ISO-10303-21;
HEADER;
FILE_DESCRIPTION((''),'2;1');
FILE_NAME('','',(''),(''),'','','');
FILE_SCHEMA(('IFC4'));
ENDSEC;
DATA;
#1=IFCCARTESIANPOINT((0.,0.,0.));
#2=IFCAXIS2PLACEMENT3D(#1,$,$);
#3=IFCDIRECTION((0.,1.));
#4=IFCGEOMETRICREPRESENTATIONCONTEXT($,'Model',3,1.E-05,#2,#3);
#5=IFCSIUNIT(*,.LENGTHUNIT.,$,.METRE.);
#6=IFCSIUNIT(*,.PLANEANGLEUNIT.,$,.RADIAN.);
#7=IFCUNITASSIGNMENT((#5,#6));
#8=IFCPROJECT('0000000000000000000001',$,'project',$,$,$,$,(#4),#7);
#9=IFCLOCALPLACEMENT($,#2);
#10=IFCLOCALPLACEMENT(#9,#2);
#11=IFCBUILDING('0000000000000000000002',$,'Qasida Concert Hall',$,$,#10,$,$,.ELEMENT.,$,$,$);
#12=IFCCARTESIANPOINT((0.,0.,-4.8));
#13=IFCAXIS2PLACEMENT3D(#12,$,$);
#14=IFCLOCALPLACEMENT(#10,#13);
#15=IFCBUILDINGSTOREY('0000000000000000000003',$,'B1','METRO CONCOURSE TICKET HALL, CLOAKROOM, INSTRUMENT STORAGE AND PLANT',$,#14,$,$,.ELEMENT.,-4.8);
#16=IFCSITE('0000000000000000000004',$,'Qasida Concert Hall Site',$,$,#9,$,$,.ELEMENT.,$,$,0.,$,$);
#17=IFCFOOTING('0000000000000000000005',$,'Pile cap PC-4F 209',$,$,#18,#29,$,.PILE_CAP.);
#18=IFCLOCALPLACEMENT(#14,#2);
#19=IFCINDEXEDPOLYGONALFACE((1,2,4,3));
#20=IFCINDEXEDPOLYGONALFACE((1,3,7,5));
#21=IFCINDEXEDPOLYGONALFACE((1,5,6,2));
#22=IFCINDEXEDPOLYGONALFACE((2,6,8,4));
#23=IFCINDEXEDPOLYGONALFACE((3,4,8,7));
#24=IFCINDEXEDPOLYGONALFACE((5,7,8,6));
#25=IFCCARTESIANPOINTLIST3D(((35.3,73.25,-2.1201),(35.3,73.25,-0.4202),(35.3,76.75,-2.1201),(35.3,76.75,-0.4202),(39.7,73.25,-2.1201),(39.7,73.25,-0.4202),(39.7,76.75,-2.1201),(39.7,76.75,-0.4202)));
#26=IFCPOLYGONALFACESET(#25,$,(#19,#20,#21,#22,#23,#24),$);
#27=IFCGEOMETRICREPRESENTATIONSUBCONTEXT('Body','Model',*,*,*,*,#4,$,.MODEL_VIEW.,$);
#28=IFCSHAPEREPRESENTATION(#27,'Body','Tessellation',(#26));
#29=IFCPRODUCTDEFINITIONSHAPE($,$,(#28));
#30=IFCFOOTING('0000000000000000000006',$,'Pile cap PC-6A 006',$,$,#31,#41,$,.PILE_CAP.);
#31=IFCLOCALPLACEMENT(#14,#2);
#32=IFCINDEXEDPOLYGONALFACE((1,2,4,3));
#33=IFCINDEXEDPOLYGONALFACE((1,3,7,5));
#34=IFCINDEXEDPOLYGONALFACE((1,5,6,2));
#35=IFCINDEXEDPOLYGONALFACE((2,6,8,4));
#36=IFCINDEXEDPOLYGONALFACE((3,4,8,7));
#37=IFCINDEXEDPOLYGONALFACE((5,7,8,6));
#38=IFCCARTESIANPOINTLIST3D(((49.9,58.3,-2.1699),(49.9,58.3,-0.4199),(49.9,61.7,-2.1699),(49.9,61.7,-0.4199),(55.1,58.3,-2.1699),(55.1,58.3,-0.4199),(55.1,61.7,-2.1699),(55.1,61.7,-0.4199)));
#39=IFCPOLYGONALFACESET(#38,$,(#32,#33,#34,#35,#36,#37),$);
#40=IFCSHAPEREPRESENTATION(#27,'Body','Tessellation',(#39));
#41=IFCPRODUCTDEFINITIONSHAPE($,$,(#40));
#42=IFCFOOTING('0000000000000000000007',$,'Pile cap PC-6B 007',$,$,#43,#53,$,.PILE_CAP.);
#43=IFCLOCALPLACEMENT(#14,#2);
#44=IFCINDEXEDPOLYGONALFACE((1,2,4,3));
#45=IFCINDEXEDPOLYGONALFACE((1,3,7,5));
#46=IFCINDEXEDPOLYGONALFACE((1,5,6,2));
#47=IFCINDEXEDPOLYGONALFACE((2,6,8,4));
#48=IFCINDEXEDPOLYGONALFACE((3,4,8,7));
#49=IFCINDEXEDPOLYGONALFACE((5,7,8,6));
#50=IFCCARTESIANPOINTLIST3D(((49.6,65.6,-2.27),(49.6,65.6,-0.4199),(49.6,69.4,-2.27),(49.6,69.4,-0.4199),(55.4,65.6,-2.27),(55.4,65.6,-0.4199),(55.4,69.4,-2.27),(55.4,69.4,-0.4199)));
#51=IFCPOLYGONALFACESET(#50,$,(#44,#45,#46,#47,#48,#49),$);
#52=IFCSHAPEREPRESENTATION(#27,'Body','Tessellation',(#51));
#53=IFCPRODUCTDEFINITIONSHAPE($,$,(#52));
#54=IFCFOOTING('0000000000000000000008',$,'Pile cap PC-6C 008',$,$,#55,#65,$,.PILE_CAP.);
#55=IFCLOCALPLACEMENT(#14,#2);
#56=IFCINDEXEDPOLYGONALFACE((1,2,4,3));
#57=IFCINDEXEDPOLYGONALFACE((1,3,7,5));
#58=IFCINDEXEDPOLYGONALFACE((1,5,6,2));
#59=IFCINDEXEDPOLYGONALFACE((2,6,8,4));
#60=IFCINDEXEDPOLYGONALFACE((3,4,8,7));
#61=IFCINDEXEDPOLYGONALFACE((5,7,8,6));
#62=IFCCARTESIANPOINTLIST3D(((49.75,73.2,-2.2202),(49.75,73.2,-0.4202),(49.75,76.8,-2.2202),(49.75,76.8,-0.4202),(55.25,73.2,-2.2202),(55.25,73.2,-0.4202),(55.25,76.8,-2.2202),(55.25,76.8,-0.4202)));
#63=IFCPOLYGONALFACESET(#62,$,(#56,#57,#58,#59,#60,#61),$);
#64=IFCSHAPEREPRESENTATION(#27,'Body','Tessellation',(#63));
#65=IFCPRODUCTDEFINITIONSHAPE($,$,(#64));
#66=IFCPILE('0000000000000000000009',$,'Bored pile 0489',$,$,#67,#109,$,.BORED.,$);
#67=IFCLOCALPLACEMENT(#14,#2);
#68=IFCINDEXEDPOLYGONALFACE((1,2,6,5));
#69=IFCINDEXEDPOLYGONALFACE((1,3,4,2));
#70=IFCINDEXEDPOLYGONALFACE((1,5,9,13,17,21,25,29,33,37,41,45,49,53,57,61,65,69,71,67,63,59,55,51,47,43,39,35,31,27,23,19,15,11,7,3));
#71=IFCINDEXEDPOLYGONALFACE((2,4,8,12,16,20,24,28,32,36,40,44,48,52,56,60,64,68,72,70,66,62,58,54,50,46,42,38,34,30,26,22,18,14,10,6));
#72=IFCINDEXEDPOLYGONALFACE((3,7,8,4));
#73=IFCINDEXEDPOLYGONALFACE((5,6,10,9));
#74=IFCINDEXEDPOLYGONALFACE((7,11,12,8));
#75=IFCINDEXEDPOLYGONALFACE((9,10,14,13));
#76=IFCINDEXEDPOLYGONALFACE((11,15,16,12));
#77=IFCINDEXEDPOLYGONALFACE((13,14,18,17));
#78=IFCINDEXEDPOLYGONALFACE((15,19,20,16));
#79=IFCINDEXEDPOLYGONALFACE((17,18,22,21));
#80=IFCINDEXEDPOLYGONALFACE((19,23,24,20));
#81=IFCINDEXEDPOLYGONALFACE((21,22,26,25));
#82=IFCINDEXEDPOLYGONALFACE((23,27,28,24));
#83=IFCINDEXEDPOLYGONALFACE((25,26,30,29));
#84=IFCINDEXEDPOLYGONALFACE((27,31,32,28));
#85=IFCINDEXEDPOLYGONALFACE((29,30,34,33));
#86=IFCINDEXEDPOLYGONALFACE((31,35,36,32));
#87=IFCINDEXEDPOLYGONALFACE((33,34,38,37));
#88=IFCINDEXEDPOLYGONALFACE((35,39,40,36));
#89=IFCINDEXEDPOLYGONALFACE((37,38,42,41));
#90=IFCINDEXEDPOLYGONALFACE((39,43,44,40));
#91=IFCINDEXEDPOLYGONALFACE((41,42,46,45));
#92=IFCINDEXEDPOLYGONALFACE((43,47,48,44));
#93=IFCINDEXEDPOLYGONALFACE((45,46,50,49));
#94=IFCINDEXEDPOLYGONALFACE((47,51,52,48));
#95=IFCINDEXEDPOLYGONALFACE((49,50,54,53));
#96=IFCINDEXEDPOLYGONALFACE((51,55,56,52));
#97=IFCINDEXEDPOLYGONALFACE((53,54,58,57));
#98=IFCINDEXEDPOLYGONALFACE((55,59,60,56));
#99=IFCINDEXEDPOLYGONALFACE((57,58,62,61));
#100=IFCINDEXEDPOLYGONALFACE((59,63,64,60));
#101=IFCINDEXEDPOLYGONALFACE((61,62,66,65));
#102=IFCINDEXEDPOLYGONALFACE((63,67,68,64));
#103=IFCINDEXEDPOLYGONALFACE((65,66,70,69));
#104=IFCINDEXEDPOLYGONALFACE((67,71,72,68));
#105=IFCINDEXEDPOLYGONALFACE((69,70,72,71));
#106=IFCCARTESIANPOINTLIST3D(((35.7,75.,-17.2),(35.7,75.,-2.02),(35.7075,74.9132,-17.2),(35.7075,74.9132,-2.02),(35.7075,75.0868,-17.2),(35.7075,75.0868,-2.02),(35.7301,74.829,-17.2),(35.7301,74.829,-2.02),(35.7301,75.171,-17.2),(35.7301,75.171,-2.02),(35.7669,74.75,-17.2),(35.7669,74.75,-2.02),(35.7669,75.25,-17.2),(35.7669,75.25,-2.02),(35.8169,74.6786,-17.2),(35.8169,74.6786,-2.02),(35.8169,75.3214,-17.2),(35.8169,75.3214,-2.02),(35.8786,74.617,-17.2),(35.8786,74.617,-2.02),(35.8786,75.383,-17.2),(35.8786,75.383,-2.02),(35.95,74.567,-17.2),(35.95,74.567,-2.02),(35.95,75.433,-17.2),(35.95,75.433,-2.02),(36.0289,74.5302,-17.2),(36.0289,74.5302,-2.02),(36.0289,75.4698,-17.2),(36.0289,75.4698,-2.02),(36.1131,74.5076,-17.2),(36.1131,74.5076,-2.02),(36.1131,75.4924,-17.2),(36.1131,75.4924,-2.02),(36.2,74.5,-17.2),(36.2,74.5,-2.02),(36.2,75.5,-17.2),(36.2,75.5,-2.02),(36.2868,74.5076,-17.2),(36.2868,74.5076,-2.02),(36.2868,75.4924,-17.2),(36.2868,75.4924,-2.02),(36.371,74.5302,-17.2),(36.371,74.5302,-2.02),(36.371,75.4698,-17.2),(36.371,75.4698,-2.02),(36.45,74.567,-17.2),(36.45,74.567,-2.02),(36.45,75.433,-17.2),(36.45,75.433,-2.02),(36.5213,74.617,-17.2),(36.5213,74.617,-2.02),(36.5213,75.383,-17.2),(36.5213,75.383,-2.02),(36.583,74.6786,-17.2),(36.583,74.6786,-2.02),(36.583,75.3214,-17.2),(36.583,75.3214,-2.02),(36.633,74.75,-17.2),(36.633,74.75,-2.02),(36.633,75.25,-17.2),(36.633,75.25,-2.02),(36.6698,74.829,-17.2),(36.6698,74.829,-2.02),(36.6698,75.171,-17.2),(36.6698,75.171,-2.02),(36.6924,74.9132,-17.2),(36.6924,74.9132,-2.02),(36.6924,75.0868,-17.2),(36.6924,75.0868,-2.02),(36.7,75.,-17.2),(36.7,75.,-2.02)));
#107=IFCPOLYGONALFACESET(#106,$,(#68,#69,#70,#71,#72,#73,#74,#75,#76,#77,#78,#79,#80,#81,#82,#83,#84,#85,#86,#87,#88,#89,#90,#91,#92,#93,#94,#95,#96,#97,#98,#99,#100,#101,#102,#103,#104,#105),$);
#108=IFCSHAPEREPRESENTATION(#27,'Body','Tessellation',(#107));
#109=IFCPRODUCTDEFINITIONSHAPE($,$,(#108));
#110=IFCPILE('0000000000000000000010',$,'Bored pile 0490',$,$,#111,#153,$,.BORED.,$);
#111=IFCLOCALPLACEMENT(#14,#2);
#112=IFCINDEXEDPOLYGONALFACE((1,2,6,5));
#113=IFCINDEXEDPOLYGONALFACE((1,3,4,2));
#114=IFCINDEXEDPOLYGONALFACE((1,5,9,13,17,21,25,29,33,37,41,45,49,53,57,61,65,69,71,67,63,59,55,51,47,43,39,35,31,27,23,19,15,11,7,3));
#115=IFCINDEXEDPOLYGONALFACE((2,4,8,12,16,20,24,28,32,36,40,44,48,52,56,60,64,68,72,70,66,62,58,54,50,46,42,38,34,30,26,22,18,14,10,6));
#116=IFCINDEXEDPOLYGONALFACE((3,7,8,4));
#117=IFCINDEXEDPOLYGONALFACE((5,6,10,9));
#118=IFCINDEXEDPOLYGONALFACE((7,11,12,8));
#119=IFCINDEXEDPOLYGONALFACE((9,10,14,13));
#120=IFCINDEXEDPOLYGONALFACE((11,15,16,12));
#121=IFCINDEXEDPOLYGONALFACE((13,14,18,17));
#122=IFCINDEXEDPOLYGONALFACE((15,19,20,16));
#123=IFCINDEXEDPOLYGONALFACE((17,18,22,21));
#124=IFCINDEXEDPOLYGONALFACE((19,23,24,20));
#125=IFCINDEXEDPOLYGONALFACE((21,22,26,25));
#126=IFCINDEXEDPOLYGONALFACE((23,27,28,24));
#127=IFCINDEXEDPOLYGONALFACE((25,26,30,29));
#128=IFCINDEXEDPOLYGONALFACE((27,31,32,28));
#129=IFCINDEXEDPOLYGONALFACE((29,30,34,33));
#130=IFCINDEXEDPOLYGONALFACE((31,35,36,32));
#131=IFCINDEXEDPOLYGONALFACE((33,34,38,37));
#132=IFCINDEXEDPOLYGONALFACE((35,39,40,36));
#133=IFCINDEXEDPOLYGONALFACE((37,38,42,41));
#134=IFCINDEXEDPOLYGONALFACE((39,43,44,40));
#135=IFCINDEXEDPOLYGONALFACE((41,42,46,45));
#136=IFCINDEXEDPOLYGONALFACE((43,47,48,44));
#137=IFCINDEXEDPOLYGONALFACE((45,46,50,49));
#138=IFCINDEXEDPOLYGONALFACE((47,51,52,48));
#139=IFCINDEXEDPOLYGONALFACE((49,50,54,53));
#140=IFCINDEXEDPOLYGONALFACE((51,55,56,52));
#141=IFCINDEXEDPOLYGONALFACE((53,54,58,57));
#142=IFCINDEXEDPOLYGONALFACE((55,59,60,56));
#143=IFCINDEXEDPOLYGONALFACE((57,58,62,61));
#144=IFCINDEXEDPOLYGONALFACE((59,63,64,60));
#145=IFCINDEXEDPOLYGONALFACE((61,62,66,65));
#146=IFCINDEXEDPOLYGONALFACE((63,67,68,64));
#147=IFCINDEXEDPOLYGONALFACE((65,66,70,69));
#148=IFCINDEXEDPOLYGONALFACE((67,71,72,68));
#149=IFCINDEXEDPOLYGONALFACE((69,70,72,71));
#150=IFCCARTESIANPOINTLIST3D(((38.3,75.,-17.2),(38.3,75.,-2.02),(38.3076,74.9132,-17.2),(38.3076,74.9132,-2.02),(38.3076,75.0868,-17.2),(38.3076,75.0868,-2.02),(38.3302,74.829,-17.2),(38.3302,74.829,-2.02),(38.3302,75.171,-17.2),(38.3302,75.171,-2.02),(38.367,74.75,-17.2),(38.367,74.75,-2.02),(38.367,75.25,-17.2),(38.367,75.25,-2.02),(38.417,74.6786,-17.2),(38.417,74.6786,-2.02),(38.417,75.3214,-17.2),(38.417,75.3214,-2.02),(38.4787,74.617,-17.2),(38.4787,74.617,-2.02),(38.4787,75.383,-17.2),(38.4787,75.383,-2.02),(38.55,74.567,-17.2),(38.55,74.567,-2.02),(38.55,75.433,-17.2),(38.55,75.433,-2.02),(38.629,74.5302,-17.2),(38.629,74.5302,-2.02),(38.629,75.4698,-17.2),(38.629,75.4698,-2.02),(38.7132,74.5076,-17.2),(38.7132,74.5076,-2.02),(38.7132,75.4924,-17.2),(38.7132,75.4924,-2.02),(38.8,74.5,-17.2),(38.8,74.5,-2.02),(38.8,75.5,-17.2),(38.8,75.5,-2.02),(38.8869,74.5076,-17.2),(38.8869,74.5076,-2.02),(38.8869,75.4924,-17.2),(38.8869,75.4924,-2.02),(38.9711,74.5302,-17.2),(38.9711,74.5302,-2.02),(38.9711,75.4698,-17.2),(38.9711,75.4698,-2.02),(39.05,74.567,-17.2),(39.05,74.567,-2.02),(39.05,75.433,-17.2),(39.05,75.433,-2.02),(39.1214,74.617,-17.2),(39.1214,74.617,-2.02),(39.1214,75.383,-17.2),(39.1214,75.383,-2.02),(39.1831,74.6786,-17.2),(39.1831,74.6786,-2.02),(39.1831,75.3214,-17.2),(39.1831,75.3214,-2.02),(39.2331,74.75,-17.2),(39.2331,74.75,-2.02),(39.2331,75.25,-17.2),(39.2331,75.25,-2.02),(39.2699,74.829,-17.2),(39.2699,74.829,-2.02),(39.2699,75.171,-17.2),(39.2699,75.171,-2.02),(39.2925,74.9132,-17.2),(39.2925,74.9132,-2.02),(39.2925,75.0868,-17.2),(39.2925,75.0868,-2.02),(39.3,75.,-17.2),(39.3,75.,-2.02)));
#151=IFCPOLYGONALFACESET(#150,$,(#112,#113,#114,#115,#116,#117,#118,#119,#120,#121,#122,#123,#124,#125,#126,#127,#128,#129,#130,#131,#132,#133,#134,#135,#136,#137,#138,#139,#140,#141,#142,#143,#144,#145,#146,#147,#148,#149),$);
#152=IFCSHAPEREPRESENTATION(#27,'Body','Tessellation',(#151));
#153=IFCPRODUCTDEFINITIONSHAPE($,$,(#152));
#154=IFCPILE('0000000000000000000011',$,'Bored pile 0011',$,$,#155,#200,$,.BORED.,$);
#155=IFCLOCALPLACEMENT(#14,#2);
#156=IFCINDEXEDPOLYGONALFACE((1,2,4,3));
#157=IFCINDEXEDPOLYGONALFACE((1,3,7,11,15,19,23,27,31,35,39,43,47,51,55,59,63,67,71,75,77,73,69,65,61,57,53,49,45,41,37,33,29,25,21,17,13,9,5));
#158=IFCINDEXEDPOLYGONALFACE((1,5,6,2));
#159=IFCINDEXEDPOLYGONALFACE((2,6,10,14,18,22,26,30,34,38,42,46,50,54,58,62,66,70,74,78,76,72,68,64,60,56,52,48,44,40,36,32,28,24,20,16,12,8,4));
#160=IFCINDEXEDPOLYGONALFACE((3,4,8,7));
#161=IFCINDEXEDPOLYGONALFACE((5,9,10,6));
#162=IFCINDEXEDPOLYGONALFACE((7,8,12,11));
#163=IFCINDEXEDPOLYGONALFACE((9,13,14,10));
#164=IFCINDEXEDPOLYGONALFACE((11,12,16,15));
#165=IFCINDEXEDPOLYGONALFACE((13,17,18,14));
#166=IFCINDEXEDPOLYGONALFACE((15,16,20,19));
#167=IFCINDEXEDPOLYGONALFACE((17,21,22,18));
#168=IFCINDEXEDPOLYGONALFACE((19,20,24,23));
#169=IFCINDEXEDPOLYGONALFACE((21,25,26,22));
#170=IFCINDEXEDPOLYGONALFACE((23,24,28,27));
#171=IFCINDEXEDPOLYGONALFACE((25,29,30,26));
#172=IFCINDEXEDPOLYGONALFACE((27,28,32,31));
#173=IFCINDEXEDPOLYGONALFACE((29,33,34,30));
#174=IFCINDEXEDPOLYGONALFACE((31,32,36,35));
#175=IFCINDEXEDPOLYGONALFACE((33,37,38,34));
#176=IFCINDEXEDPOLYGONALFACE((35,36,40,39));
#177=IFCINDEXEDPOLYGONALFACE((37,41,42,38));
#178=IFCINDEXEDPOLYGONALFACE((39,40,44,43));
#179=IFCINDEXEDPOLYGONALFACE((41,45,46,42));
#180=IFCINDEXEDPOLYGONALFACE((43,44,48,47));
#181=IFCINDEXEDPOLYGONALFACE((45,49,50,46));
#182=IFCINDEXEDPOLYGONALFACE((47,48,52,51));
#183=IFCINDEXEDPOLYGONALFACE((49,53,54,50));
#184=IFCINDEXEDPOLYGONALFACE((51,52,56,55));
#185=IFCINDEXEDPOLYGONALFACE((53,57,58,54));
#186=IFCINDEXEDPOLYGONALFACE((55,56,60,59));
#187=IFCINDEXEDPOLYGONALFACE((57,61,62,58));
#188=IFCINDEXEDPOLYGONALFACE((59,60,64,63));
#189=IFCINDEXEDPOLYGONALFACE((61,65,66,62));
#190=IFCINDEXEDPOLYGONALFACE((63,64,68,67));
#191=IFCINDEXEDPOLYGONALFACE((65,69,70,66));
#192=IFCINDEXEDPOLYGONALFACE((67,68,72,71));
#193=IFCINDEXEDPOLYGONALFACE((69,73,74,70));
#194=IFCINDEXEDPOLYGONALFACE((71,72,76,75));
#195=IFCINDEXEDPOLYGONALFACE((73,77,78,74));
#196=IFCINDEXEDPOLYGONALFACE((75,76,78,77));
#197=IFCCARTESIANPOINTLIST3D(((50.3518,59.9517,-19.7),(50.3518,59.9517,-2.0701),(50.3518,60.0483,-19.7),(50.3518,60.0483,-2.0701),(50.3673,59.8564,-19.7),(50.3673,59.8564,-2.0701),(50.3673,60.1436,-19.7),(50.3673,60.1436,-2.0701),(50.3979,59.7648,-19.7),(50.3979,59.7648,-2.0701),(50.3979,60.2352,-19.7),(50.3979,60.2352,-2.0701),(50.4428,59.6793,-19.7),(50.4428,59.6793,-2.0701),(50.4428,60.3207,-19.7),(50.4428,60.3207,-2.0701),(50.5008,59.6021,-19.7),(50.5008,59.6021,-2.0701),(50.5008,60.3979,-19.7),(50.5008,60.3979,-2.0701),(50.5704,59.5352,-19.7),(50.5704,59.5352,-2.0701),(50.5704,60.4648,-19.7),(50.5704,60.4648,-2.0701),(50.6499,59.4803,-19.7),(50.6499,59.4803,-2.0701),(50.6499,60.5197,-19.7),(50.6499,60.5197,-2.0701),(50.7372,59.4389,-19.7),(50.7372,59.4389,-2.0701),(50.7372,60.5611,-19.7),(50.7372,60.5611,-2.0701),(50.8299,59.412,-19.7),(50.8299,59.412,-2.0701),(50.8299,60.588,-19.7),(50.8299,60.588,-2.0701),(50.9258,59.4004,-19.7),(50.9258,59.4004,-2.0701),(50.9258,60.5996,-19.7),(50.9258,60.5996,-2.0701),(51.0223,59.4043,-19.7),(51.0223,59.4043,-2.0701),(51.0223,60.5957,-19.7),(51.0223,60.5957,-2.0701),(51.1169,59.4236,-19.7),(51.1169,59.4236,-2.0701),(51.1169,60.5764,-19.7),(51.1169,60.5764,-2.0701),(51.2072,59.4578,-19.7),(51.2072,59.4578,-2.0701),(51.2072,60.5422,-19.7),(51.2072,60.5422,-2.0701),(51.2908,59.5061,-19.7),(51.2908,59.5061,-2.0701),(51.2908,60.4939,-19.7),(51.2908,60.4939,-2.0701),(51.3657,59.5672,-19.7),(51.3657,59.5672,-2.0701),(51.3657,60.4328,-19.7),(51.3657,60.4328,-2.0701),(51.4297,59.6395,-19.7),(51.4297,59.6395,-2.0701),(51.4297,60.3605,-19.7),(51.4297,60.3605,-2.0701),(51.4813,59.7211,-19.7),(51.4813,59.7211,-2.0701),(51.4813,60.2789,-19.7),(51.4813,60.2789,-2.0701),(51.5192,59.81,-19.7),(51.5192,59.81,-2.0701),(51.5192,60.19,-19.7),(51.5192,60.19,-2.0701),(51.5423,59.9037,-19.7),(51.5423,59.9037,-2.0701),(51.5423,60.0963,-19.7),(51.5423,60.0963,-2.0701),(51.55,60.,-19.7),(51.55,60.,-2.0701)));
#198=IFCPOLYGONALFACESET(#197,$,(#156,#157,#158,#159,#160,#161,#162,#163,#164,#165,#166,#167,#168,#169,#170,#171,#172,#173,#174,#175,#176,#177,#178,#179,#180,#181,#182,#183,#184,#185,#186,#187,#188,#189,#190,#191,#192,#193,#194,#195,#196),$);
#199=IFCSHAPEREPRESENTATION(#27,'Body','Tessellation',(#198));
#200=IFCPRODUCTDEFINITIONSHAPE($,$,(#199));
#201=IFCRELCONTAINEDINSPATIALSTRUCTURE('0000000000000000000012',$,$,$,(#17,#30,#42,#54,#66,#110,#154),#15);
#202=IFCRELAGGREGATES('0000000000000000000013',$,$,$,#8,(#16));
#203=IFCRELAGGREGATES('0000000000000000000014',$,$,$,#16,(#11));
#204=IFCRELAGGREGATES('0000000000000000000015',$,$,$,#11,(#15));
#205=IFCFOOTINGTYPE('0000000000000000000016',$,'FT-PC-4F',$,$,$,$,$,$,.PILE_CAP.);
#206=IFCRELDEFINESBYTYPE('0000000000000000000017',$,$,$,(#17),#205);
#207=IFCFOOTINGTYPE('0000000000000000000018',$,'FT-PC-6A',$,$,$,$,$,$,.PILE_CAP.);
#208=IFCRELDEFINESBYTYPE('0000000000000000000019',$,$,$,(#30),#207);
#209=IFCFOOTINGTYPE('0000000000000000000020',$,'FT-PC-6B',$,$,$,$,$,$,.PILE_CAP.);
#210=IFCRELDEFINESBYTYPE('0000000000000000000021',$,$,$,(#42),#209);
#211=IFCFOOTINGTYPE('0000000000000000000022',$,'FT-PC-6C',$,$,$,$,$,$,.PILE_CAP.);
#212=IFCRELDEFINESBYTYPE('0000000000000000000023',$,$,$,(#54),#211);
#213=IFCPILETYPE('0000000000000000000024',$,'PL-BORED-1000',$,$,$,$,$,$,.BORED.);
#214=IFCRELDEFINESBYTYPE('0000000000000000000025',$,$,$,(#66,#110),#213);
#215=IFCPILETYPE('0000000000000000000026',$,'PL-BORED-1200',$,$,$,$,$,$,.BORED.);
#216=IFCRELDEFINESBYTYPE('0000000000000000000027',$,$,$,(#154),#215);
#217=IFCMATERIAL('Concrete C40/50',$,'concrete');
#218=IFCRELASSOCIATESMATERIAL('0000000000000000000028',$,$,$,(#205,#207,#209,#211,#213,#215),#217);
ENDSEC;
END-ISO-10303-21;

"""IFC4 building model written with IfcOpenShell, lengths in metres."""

from ifc_helpers import new_model, si_unit, direction, frame, origin, origin_2d, place, context, subcontext, project, spatial, rectangle, circle, extrude, material, material_profile, profile_set, type_object, element, save


model = new_model("IFC4")

# Units and contexts
model_context = context("Model", 3, precision=1e-05, world=origin(), true_north=direction((0.0, 1.0)))
body_context = subcontext(model_context, "Body", "Model", "MODEL_VIEW")
ifc_project = project(units=[si_unit("LENGTHUNIT", "METRE"), si_unit("PLANEANGLEUNIT", "RADIAN")], contexts=[model_context])

# Site, building, storey
site_placement = place(None, origin())
site = spatial("IfcSite", under=ifc_project, at=site_placement, Name="Qasida Concert Hall Site", CompositionType="ELEMENT", RefElevation=0.0)
building_placement = place(site_placement, origin())
building = spatial("IfcBuilding", under=site, at=building_placement, Name="Qasida Concert Hall", CompositionType="ELEMENT")
storey_placement = place(building_placement, frame((0.0, 0.0, -4.8)))
storey = spatial("IfcBuildingStorey", under=building, at=storey_placement, Name="B1", Description="METRO CONCOURSE TICKET HALL, CLOAKROOM, INSTRUMENT STORAGE AND PLANT", CompositionType="ELEMENT", Elevation=-4.8)

# Footings
ifc_material_1 = material(Name="Concrete C40/50", Category="concrete")
footing_type_1 = type_object("IfcFootingType", Name="FT-PC-4F", PredefinedType="PILE_CAP", material=ifc_material_1)
footing_1_placement = place(storey_placement, frame((37.5, 75.0, -2.1201), z_axis=(0.0, 0.0, 1.0), x_axis=(1.0, 0.0, 0.0)))
element("IfcFooting", 1, at=footing_1_placement, inside=storey, type_object=footing_type_1, Name="Pile cap PC-4F 209", PredefinedType="PILE_CAP", context=body_context, shape_type="SweptSolid", body=[
    extrude(rectangle(XDim=4.3999, YDim=3.5, at=origin_2d()), origin(), (0.0, 0.0, 1.0), 1.7),
])
footing_type_2 = type_object("IfcFootingType", Name="FT-PC-6A", PredefinedType="PILE_CAP", material=ifc_material_1)
footing_2_placement = place(storey_placement, frame((52.5, 60.0, -2.1699), z_axis=(0.0, 0.0, 1.0), x_axis=(1.0, 0.0, 0.0)))
element("IfcFooting", 2, at=footing_2_placement, inside=storey, type_object=footing_type_2, Name="Pile cap PC-6A 006", PredefinedType="PILE_CAP", context=body_context, shape_type="SweptSolid", body=[
    extrude(rectangle(XDim=5.2, YDim=3.3999, at=origin_2d()), origin(), (0.0, 0.0, 1.0), 1.75),
])
footing_type_3 = type_object("IfcFootingType", Name="FT-PC-6B", PredefinedType="PILE_CAP", material=ifc_material_1)
footing_3_placement = place(storey_placement, frame((52.5, 67.5, -2.27), z_axis=(0.0, 0.0, 1.0), x_axis=(1.0, 0.0, 0.0)))
element("IfcFooting", 3, at=footing_3_placement, inside=storey, type_object=footing_type_3, Name="Pile cap PC-6B 007", PredefinedType="PILE_CAP", context=body_context, shape_type="SweptSolid", body=[
    extrude(rectangle(XDim=5.8, YDim=3.8, at=origin_2d()), origin(), (0.0, 0.0, 1.0), 1.8501),
])
footing_type_4 = type_object("IfcFootingType", Name="FT-PC-6C", PredefinedType="PILE_CAP", material=ifc_material_1)
footing_4_placement = place(storey_placement, frame((52.5, 75.0, -2.2202), z_axis=(0.0, 0.0, 1.0), x_axis=(1.0, 0.0, 0.0)))
element("IfcFooting", 4, at=footing_4_placement, inside=storey, type_object=footing_type_4, Name="Pile cap PC-6C 008", PredefinedType="PILE_CAP", context=body_context, shape_type="SweptSolid", body=[
    extrude(rectangle(XDim=5.5, YDim=3.6001, at=origin_2d()), origin(), (0.0, 0.0, 1.0), 1.8),
])

# Piles
ifc_material_profile_1 = material_profile(ifc_material_1, circle(Radius=0.5, at=origin_2d()), Name="BORED PILE D1000")
ifc_profile_set_1 = profile_set([ifc_material_profile_1], Name="Concrete C40/50")
pile_type_1 = type_object("IfcPileType", Name="PL-BORED-1000", PredefinedType="BORED", material=ifc_profile_set_1)
for number, where, z_axis, x_axis, name in (
    (5, (36.2, 75.0, -2.02), (0.0, 0.0, -1.0), (1.0, 0.0, 0.0), "Bored pile 0489"),
    (6, (38.8, 75.0, -2.02), (0.0, 0.0, -1.0), (1.0, 0.0, 0.0), "Bored pile 0490"),
):
    element("IfcPile", number, at=place(storey_placement, frame(where, z_axis=z_axis, x_axis=x_axis)), inside=storey, type_object=pile_type_1, Name=name, PredefinedType="BORED", context=body_context, shape_type="SweptSolid", body=[
        extrude(circle(Radius=0.5, at=origin_2d()), origin(), (0.0, 0.0, 1.0), 15.1799),
    ])
ifc_material_profile_2 = material_profile(ifc_material_1, circle(Radius=0.6001, at=origin_2d()), Name="BORED PILE D1200")
ifc_profile_set_2 = profile_set([ifc_material_profile_2], Name="Concrete C40/50")
pile_type_2 = type_object("IfcPileType", Name="PL-BORED-1200", PredefinedType="BORED", material=ifc_profile_set_2)
for number, where, z_axis, x_axis, name in (
    (7, (50.95, 60.0, -2.0701), (0.0, 0.0, -1.0), (1.0, 0.0, 0.0), "Bored pile 0011"),
):
    element("IfcPile", number, at=place(storey_placement, frame(where, z_axis=z_axis, x_axis=x_axis)), inside=storey, type_object=pile_type_2, Name=name, PredefinedType="BORED", context=body_context, shape_type="SweptSolid", body=[
        extrude(circle(Radius=0.6001, at=origin_2d()), origin(), (0.0, 0.0, 1.0), 17.6299),
    ])

save(model, "model.ifc")
